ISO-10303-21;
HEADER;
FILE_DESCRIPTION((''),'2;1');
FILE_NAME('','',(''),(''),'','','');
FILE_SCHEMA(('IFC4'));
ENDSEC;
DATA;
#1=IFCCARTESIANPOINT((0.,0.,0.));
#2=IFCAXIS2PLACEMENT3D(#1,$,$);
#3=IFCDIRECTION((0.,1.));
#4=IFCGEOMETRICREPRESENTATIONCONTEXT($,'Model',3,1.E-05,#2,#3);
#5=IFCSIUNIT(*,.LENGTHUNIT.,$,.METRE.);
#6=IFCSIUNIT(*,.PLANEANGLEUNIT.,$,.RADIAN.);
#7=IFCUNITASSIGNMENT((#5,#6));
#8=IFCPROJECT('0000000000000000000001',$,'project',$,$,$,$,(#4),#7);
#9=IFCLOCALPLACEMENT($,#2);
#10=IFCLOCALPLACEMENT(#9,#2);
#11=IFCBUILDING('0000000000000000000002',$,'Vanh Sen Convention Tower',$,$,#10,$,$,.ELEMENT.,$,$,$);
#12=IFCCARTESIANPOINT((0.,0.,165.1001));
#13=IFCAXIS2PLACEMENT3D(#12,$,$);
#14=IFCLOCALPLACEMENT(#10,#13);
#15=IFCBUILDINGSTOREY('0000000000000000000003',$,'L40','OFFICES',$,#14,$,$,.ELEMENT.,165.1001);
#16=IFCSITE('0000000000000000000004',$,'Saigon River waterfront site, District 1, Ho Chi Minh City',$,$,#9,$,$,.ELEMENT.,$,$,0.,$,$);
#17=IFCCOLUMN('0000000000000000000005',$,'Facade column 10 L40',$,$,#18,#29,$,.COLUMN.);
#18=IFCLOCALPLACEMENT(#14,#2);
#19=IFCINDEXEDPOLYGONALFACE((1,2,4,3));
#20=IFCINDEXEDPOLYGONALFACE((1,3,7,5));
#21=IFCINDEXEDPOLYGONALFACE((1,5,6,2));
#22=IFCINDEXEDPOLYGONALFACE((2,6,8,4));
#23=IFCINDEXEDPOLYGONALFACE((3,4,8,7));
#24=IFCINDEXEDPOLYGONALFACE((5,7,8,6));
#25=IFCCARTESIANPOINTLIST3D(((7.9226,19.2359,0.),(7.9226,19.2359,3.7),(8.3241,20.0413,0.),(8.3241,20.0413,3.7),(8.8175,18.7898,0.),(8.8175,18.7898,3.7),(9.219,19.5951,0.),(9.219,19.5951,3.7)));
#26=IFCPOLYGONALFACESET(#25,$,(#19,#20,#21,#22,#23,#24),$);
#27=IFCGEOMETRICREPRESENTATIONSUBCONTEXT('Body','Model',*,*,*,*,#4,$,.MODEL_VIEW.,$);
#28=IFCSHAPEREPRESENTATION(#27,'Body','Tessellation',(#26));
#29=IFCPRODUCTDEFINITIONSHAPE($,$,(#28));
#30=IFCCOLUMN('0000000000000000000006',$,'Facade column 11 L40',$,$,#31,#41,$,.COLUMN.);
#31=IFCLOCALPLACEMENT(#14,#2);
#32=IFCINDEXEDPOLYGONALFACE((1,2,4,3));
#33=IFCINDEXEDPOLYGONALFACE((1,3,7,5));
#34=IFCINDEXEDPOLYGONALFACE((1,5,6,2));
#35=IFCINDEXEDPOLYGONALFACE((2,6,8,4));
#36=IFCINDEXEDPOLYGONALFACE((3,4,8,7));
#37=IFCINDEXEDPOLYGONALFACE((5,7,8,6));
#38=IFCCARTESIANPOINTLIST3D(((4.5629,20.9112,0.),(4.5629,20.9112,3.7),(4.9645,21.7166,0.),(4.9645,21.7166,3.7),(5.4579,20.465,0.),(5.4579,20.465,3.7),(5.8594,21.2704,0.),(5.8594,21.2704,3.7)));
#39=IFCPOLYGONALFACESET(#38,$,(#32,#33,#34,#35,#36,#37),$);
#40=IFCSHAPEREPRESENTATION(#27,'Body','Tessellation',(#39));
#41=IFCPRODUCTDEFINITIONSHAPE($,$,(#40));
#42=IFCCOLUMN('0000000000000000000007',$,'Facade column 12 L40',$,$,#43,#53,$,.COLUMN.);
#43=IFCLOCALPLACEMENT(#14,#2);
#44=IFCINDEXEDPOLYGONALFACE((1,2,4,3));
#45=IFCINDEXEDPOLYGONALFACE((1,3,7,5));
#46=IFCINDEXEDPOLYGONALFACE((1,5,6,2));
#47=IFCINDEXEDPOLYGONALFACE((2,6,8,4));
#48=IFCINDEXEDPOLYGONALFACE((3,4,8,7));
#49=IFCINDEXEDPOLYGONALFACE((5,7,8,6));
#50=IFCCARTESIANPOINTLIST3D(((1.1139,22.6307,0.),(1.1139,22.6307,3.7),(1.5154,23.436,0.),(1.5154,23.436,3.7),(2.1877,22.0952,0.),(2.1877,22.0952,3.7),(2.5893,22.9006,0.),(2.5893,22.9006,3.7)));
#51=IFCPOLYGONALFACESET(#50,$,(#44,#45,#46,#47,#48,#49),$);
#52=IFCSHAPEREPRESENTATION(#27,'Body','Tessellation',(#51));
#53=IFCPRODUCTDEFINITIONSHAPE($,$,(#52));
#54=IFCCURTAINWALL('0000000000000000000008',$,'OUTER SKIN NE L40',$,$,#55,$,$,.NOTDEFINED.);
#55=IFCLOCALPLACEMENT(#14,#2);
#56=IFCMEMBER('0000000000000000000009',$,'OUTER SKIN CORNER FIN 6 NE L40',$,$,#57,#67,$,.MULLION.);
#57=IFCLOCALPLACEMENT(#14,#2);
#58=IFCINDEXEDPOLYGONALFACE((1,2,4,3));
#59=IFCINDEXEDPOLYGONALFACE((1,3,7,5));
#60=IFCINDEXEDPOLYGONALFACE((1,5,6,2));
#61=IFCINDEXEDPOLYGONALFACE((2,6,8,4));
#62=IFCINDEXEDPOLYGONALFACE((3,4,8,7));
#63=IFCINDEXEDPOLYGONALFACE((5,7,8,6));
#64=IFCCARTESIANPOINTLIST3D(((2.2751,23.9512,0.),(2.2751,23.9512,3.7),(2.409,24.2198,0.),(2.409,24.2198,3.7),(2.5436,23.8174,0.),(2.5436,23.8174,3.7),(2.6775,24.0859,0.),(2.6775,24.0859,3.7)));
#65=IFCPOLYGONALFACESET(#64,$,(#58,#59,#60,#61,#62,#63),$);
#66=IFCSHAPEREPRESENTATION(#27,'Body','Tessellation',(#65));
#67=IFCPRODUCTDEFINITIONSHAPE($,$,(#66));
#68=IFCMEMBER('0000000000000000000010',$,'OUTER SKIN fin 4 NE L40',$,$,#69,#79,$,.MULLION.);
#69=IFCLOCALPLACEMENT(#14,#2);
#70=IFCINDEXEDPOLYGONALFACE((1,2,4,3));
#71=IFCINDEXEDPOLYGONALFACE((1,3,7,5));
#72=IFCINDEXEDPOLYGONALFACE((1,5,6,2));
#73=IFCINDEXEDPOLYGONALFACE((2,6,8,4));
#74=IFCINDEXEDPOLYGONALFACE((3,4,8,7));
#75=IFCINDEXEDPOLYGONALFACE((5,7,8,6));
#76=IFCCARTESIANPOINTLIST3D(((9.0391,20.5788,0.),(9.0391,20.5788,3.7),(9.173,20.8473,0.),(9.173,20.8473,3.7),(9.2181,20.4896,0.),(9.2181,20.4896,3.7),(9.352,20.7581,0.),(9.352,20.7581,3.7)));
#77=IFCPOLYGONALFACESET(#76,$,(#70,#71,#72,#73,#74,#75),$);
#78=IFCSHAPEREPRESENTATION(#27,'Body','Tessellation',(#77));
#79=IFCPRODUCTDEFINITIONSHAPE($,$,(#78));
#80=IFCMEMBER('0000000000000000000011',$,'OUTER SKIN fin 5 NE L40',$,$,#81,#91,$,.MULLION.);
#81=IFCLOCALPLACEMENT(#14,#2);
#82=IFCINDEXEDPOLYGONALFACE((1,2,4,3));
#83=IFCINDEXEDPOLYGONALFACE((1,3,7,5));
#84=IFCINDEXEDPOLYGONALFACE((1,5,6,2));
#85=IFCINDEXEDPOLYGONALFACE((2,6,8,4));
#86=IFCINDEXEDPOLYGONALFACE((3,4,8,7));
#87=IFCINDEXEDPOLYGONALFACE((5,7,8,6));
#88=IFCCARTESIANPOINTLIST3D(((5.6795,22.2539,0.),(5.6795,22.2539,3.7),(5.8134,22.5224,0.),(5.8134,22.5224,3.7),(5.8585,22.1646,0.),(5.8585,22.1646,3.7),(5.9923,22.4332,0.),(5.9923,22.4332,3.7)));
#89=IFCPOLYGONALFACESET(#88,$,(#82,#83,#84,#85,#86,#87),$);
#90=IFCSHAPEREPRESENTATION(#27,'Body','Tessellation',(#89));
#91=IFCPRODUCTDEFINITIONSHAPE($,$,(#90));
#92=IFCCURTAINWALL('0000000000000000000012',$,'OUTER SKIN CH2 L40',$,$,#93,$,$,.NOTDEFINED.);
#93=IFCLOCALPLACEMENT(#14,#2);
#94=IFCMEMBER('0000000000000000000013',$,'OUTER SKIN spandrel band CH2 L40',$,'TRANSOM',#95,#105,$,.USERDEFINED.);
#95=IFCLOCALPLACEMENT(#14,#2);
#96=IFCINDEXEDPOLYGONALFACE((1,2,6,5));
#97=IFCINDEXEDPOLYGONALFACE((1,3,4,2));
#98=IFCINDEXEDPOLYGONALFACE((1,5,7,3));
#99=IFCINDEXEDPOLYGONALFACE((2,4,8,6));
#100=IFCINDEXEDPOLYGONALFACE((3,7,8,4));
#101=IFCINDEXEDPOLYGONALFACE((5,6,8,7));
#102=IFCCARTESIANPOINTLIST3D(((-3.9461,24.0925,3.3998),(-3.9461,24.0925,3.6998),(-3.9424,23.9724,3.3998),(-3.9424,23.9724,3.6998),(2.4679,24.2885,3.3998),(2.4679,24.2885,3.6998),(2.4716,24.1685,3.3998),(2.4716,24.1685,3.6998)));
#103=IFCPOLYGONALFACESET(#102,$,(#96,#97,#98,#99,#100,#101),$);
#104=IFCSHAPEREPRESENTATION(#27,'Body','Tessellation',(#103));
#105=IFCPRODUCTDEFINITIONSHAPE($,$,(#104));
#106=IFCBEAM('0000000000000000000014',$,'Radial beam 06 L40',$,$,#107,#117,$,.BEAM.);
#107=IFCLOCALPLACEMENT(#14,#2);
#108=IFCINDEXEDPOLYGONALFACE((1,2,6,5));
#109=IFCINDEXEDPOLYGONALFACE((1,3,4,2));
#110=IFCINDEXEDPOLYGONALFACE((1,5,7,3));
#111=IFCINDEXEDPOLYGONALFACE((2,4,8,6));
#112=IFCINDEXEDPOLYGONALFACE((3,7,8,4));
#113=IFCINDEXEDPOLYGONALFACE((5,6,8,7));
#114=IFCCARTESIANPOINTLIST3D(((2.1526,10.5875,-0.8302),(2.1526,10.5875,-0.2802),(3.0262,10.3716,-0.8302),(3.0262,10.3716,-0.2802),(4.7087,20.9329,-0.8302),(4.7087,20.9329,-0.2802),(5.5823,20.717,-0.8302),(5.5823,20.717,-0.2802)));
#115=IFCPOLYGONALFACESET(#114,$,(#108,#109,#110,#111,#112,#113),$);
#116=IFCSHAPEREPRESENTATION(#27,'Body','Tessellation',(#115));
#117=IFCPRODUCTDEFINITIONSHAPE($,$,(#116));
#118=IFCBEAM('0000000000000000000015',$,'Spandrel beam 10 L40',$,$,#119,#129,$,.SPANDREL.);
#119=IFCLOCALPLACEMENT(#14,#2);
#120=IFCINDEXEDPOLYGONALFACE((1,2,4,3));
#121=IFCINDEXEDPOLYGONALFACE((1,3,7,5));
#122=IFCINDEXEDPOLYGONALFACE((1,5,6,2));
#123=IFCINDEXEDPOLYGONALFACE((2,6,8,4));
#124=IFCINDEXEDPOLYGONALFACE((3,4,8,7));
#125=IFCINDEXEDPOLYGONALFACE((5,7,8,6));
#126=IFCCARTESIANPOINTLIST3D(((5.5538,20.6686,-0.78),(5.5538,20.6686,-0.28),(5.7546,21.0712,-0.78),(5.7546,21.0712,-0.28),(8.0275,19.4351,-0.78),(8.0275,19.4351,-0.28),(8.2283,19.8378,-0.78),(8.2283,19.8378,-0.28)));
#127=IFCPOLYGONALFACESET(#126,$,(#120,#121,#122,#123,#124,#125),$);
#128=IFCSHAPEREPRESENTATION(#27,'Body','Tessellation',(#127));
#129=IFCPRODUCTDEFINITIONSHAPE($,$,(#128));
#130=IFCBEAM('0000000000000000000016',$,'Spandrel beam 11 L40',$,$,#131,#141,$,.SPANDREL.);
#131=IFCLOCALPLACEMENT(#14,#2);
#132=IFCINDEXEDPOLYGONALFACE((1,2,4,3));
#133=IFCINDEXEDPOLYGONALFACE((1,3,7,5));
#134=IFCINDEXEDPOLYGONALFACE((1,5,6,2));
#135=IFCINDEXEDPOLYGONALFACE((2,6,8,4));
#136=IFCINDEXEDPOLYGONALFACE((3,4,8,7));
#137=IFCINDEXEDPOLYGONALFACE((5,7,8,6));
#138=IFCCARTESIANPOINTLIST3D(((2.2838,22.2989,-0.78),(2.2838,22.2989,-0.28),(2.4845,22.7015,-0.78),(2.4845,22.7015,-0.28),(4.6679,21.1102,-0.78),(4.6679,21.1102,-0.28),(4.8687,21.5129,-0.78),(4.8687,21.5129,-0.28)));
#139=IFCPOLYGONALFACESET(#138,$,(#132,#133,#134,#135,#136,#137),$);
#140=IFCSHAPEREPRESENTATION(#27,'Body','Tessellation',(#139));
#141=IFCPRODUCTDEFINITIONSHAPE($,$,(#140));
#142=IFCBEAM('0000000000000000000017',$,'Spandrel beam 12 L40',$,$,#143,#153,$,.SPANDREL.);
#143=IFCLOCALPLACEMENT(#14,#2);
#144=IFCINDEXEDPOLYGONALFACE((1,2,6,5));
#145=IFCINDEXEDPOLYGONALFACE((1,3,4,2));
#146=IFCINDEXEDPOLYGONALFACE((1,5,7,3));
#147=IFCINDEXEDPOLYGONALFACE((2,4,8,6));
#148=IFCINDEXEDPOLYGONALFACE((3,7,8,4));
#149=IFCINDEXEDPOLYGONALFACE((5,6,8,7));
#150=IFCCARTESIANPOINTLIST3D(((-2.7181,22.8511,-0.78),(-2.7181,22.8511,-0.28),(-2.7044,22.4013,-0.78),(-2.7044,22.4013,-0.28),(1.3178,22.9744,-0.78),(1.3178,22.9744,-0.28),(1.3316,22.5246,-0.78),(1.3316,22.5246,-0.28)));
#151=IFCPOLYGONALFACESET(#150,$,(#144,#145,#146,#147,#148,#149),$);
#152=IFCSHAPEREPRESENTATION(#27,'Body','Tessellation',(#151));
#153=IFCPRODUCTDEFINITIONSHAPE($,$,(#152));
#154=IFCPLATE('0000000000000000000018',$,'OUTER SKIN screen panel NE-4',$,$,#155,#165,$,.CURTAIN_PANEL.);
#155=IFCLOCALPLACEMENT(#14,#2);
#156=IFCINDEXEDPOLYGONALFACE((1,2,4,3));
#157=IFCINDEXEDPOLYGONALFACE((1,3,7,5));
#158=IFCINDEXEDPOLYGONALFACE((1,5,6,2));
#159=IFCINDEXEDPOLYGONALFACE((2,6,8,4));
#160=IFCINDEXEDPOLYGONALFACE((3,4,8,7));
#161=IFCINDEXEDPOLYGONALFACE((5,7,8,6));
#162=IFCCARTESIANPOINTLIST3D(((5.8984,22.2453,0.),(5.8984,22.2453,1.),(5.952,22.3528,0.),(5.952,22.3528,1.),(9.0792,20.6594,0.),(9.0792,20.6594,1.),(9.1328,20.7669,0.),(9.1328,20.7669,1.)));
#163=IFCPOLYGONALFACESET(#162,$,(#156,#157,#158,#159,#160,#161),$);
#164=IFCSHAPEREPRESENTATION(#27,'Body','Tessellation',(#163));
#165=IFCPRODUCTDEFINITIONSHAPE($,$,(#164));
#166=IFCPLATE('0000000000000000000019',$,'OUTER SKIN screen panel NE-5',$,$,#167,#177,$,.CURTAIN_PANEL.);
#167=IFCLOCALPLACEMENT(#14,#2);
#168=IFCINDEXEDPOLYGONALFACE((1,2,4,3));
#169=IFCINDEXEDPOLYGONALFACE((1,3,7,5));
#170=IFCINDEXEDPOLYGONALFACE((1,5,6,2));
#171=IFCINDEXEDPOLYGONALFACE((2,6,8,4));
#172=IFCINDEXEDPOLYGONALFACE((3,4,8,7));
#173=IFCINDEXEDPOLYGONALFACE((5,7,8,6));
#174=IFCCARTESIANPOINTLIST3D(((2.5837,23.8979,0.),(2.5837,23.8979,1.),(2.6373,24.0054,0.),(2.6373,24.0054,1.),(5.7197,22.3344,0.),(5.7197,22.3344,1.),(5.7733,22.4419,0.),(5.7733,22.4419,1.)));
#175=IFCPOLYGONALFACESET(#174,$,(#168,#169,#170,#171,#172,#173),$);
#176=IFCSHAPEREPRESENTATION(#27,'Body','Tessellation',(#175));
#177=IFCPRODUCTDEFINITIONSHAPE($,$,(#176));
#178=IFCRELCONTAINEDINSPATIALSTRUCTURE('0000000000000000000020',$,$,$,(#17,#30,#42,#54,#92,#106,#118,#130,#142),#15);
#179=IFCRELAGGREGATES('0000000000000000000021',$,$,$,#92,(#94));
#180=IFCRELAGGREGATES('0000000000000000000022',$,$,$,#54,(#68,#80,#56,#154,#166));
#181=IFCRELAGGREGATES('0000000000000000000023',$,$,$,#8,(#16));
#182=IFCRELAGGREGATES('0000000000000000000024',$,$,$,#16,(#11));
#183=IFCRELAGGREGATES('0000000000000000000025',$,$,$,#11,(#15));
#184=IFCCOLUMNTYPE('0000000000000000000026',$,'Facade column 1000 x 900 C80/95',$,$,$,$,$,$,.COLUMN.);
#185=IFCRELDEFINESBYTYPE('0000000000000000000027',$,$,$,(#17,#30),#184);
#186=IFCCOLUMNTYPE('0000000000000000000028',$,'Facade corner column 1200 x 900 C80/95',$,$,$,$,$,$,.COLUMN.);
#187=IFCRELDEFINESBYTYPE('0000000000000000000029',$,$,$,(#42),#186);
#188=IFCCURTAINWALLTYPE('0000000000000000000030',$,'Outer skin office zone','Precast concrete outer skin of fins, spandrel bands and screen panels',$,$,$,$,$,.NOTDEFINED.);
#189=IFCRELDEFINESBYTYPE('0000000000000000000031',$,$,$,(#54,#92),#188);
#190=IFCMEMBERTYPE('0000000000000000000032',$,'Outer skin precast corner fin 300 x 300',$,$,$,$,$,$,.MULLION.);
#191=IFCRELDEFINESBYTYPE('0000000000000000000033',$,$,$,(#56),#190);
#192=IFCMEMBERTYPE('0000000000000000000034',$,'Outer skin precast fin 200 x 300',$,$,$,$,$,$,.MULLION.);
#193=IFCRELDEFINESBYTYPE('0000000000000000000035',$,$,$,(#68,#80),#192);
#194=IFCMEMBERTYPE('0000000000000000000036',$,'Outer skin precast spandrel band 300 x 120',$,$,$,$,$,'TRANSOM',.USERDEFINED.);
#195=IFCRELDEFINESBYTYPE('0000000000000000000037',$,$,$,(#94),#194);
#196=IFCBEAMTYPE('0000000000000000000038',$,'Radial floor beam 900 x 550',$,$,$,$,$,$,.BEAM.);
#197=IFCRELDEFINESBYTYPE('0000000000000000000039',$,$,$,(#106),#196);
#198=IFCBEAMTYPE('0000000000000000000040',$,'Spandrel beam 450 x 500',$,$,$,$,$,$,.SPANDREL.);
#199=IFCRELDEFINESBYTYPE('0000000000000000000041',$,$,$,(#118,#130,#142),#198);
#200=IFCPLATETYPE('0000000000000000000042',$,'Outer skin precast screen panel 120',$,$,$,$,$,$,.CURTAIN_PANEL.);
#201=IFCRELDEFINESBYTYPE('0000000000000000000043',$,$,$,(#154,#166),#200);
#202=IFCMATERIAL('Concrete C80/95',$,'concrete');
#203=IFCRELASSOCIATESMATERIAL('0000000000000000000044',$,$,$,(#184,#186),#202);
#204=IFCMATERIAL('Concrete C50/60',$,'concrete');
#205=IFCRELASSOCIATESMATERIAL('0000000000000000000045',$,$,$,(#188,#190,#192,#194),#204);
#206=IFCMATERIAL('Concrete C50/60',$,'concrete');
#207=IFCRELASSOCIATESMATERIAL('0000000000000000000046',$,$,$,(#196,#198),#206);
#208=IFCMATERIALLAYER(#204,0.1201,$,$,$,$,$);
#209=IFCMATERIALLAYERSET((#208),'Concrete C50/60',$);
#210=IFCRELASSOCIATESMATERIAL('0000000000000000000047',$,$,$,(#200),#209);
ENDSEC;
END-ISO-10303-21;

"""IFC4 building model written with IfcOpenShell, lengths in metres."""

from ifc_helpers import new_model, si_unit, direction, frame, origin, origin_2d, place, context, subcontext, project, spatial, rectangle, extrude, material, layer, layer_set, material_profile, profile_set, type_object, element, aggregate, save


model = new_model("IFC4")

# Units and contexts
model_context = context("Model", 3, precision=1e-05, world=origin(), true_north=direction((0.0, 1.0)))
body_context = subcontext(model_context, "Body", "Model", "MODEL_VIEW")
ifc_project = project(units=[si_unit("LENGTHUNIT", "METRE"), si_unit("PLANEANGLEUNIT", "RADIAN")], contexts=[model_context])

# Site, building, storey
site_placement = place(None, origin())
site = spatial("IfcSite", under=ifc_project, at=site_placement, Name="Saigon River waterfront site, District 1, Ho Chi Minh City", CompositionType="ELEMENT", RefElevation=0.0)
building_placement = place(site_placement, origin())
building = spatial("IfcBuilding", under=site, at=building_placement, Name="Vanh Sen Convention Tower", CompositionType="ELEMENT")
storey_placement = place(building_placement, frame((0.0, 0.0, 165.1001)))
storey = spatial("IfcBuildingStorey", under=building, at=storey_placement, Name="L40", Description="OFFICES", CompositionType="ELEMENT", Elevation=165.1001)

# Columns
ifc_material_1 = material(Name="Concrete C80/95", Category="concrete")
ifc_material_profile_1 = material_profile(ifc_material_1, rectangle(XDim=1.0, YDim=0.8999, at=origin_2d()), Name="RC 1000X900")
ifc_profile_set_1 = profile_set([ifc_material_profile_1], Name="Concrete C80/95")
column_type_1 = type_object("IfcColumnType", Name="Facade column 1000 x 900 C80/95", PredefinedType="COLUMN", material=ifc_profile_set_1)
for number, where, z_axis, x_axis, name in (
    (1, (8.5708, 19.4155, 0.0), (0.0, 0.0, 1.0), (-0.894934, 0.446198, 0.0), "Facade column 10 L40"),
    (2, (5.2112, 21.0908, 0.0), (0.0, 0.0, 1.0), (-0.894934, 0.446198, 0.0), "Facade column 11 L40"),
):
    element("IfcColumn", number, at=place(storey_placement, frame(where, z_axis=z_axis, x_axis=x_axis)), inside=storey, type_object=column_type_1, Name=name, PredefinedType="COLUMN", context=body_context, shape_type="SweptSolid", body=[
        extrude(rectangle(XDim=1.0, YDim=0.8999, at=origin_2d()), origin(), (0.0, 0.0, 1.0), 3.7),
    ])
ifc_material_profile_2 = material_profile(ifc_material_1, rectangle(XDim=1.2, YDim=0.8999, at=origin_2d()), Name="RC 1200X900")
ifc_profile_set_2 = profile_set([ifc_material_profile_2], Name="Concrete C80/95")
column_type_2 = type_object("IfcColumnType", Name="Facade corner column 1200 x 900 C80/95", PredefinedType="COLUMN", material=ifc_profile_set_2)
column_placement = place(storey_placement, frame((1.8516, 22.7656, 0.0), z_axis=(0.0, 0.0, 1.0), x_axis=(-0.894934, 0.446198, 0.0)))
element("IfcColumn", 3, at=column_placement, inside=storey, type_object=column_type_2, Name="Facade column 12 L40", PredefinedType="COLUMN", context=body_context, shape_type="SweptSolid", body=[
    extrude(rectangle(XDim=1.2, YDim=0.8999, at=origin_2d()), origin(), (0.0, 0.0, 1.0), 3.7),
])

# Curtain wall, members
ifc_material_2 = material(Name="Concrete C50/60", Category="concrete")
curtain_wall_type = type_object("IfcCurtainWallType", Name="Outer skin office zone", Description="Precast concrete outer skin of fins, spandrel bands and screen panels", PredefinedType="NOTDEFINED", material=ifc_material_2)
curtain_wall_1_placement = place(storey_placement, origin())
curtain_wall_1 = element("IfcCurtainWall", 4, at=curtain_wall_1_placement, inside=storey, type_object=curtain_wall_type, Name="OUTER SKIN NE L40", PredefinedType="NOTDEFINED")
ifc_material_profile_3 = material_profile(ifc_material_2, rectangle(XDim=0.3, YDim=0.3, at=origin_2d()), Name="Outer skin precast corner fin 300 x 300")
ifc_profile_set_3 = profile_set([ifc_material_profile_3], Name="Concrete C50/60")
member_type_1 = type_object("IfcMemberType", Name="Outer skin precast corner fin 300 x 300", PredefinedType="MULLION", material=ifc_profile_set_3)
member_1_placement = place(storey_placement, frame((2.4763, 24.0186, 0.0), z_axis=(0.0, 0.0, 1.0), x_axis=(-0.894934, 0.446198, 0.0)))
member_1 = element("IfcMember", 5, at=member_1_placement, type_object=member_type_1, Name="OUTER SKIN CORNER FIN 6 NE L40", PredefinedType="MULLION", context=body_context, shape_type="SweptSolid", body=[
    extrude(rectangle(XDim=0.3, YDim=0.3, at=origin_2d()), origin(), (0.0, 0.0, 1.0), 3.7),
])
ifc_material_profile_4 = material_profile(ifc_material_2, rectangle(XDim=0.2, YDim=0.3, at=origin_2d()), Name="Outer skin precast fin 200 x 300")
ifc_profile_set_4 = profile_set([ifc_material_profile_4], Name="Concrete C50/60")
member_type_2 = type_object("IfcMemberType", Name="Outer skin precast fin 200 x 300", PredefinedType="MULLION", material=ifc_profile_set_4)
member_2_placement = place(storey_placement, frame((9.1956, 20.6685, 0.0), z_axis=(0.0, 0.0, 1.0), x_axis=(-0.894934, 0.446198, 0.0)))
member_2 = element("IfcMember", 6, at=member_2_placement, type_object=member_type_2, Name="OUTER SKIN fin 4 NE L40", PredefinedType="MULLION", context=body_context, shape_type="SweptSolid", body=[
    extrude(rectangle(XDim=0.2, YDim=0.3, at=origin_2d()), origin(), (0.0, 0.0, 1.0), 3.7),
])
member_3_placement = place(storey_placement, frame((5.8359, 22.3435, 0.0), z_axis=(0.0, 0.0, 1.0), x_axis=(-0.894934, 0.446198, 0.0)))
member_3 = element("IfcMember", 7, at=member_3_placement, type_object=member_type_2, Name="OUTER SKIN fin 5 NE L40", PredefinedType="MULLION", context=body_context, shape_type="SweptSolid", body=[
    extrude(rectangle(XDim=0.2, YDim=0.3, at=origin_2d()), origin(), (0.0, 0.0, 1.0), 3.7),
])

# Curtain wall, member
curtain_wall_2_placement = place(storey_placement, origin())
curtain_wall_2 = element("IfcCurtainWall", 8, at=curtain_wall_2_placement, inside=storey, type_object=curtain_wall_type, Name="OUTER SKIN CH2 L40", PredefinedType="NOTDEFINED")
ifc_material_profile_5 = material_profile(ifc_material_2, rectangle(XDim=0.1201, YDim=0.3, at=origin_2d()), Name="Outer skin precast spandrel band 300 x 120")
ifc_profile_set_5 = profile_set([ifc_material_profile_5], Name="Concrete C50/60")
member_type_3 = type_object("IfcMemberType", Name="Outer skin precast spandrel band 300 x 120", ElementType="TRANSOM", PredefinedType="USERDEFINED", material=ifc_profile_set_5)
member_4_placement = place(storey_placement, frame((2.4697, 24.2285, 3.5498), z_axis=(-0.999533, -0.030551, 0.0), x_axis=(0.030551, -0.999533, 0.0)))
member_4 = element("IfcMember", 9, at=member_4_placement, type_object=member_type_3, Name="OUTER SKIN spandrel band CH2 L40", ObjectType="TRANSOM", PredefinedType="USERDEFINED", context=body_context, shape_type="SweptSolid", body=[
    extrude(rectangle(XDim=0.1201, YDim=0.3, at=origin_2d()), origin(), (0.0, 0.0, 1.0), 6.417),
])
aggregate(curtain_wall_2, [member_4])

# Beams
ifc_material_3 = material(Name="Concrete C50/60", Category="concrete")
ifc_material_profile_6 = material_profile(ifc_material_3, rectangle(XDim=0.8999, YDim=0.55, at=origin_2d()), Name="RC 900X550")
ifc_profile_set_6 = profile_set([ifc_material_profile_6], Name="Concrete C50/60")
beam_type_1 = type_object("IfcBeamType", Name="Radial floor beam 900 x 550", PredefinedType="BEAM", material=ifc_profile_set_6)
beam_1_placement = place(storey_placement, frame((5.1455, 20.825, -0.5552), z_axis=(-0.239866, -0.970806, 0.0), x_axis=(0.970806, -0.239866, 0.0)))
element("IfcBeam", 10, at=beam_1_placement, inside=storey, type_object=beam_type_1, Name="Radial beam 06 L40", PredefinedType="BEAM", context=body_context, shape_type="SweptSolid", body=[
    extrude(rectangle(XDim=0.8999, YDim=0.55, at=origin_2d()), origin(), (0.0, 0.0, 1.0), 10.6565),
])
ifc_material_profile_7 = material_profile(ifc_material_3, rectangle(XDim=0.45, YDim=0.5, at=origin_2d()), Name="RC 450X500")
ifc_profile_set_7 = profile_set([ifc_material_profile_7], Name="Concrete C50/60")
beam_type_2 = type_object("IfcBeamType", Name="Spandrel beam 450 x 500", PredefinedType="SPANDREL", material=ifc_profile_set_7)
beam_2_placement = place(storey_placement, frame((8.1279, 19.6365, -0.53), z_axis=(-0.894921, 0.446224, 0.0), x_axis=(-0.446224, -0.894921, 0.0)))
element("IfcBeam", 11, at=beam_2_placement, inside=storey, type_object=beam_type_2, Name="Spandrel beam 10 L40", PredefinedType="SPANDREL", context=body_context, shape_type="SweptSolid", body=[
    extrude(rectangle(XDim=0.45, YDim=0.5, at=origin_2d()), origin(), (0.0, 0.0, 1.0), 2.7642),
])
beam_3_placement = place(storey_placement, frame((4.7683, 21.3115, -0.53), z_axis=(-0.89494, 0.446187, 0.0), x_axis=(-0.446187, -0.89494, 0.0)))
element("IfcBeam", 12, at=beam_3_placement, inside=storey, type_object=beam_type_2, Name="Spandrel beam 11 L40", PredefinedType="SPANDREL", context=body_context, shape_type="SweptSolid", body=[
    extrude(rectangle(XDim=0.45, YDim=0.5, at=origin_2d()), origin(), (0.0, 0.0, 1.0), 2.6641),
])
beam_4_placement = place(storey_placement, frame((1.3247, 22.7495, -0.53), z_axis=(-0.999534, -0.030534, 0.0), x_axis=(0.030534, -0.999534, 0.0)))
element("IfcBeam", 13, at=beam_4_placement, inside=storey, type_object=beam_type_2, Name="Spandrel beam 12 L40", PredefinedType="SPANDREL", context=body_context, shape_type="SweptSolid", body=[
    extrude(rectangle(XDim=0.45, YDim=0.5, at=origin_2d()), origin(), (0.0, 0.0, 1.0), 4.0378),
])

# Plates
ifc_layer_1 = layer(ifc_material_2, 0.1201)
ifc_layer_set_1 = layer_set([ifc_layer_1], Name="Concrete C50/60")
plate_type = type_object("IfcPlateType", Name="Outer skin precast screen panel 120", PredefinedType="CURTAIN_PANEL", material=ifc_layer_set_1)
plate_1_placement = place(storey_placement, frame((7.5156, 21.5061, 0.0), z_axis=(0.0, 0.0, 1.0), x_axis=(-0.894933, 0.446201, 0.0)))
plate_1 = element("IfcPlate", 14, at=plate_1_placement, type_object=plate_type, Name="OUTER SKIN screen panel NE-4", PredefinedType="CURTAIN_PANEL", context=body_context, shape_type="SweptSolid", body=[
    extrude(rectangle(XDim=3.5542, YDim=0.1201, at=origin_2d()), origin(), (0.0, 0.0, 1.0), 1.0),
])
plate_2_placement = place(storey_placement, frame((4.1785, 23.1699, 0.0), z_axis=(0.0, 0.0, 1.0), x_axis=(-0.894944, 0.446179, 0.0)))
plate_2 = element("IfcPlate", 15, at=plate_2_placement, type_object=plate_type, Name="OUTER SKIN screen panel NE-5", PredefinedType="CURTAIN_PANEL", context=body_context, shape_type="SweptSolid", body=[
    extrude(rectangle(XDim=3.5042, YDim=0.1201, at=origin_2d()), origin(), (0.0, 0.0, 1.0), 1.0),
])
aggregate(curtain_wall_1, [member_2, member_3, member_1, plate_1, plate_2])

save(model, "model.ifc")
